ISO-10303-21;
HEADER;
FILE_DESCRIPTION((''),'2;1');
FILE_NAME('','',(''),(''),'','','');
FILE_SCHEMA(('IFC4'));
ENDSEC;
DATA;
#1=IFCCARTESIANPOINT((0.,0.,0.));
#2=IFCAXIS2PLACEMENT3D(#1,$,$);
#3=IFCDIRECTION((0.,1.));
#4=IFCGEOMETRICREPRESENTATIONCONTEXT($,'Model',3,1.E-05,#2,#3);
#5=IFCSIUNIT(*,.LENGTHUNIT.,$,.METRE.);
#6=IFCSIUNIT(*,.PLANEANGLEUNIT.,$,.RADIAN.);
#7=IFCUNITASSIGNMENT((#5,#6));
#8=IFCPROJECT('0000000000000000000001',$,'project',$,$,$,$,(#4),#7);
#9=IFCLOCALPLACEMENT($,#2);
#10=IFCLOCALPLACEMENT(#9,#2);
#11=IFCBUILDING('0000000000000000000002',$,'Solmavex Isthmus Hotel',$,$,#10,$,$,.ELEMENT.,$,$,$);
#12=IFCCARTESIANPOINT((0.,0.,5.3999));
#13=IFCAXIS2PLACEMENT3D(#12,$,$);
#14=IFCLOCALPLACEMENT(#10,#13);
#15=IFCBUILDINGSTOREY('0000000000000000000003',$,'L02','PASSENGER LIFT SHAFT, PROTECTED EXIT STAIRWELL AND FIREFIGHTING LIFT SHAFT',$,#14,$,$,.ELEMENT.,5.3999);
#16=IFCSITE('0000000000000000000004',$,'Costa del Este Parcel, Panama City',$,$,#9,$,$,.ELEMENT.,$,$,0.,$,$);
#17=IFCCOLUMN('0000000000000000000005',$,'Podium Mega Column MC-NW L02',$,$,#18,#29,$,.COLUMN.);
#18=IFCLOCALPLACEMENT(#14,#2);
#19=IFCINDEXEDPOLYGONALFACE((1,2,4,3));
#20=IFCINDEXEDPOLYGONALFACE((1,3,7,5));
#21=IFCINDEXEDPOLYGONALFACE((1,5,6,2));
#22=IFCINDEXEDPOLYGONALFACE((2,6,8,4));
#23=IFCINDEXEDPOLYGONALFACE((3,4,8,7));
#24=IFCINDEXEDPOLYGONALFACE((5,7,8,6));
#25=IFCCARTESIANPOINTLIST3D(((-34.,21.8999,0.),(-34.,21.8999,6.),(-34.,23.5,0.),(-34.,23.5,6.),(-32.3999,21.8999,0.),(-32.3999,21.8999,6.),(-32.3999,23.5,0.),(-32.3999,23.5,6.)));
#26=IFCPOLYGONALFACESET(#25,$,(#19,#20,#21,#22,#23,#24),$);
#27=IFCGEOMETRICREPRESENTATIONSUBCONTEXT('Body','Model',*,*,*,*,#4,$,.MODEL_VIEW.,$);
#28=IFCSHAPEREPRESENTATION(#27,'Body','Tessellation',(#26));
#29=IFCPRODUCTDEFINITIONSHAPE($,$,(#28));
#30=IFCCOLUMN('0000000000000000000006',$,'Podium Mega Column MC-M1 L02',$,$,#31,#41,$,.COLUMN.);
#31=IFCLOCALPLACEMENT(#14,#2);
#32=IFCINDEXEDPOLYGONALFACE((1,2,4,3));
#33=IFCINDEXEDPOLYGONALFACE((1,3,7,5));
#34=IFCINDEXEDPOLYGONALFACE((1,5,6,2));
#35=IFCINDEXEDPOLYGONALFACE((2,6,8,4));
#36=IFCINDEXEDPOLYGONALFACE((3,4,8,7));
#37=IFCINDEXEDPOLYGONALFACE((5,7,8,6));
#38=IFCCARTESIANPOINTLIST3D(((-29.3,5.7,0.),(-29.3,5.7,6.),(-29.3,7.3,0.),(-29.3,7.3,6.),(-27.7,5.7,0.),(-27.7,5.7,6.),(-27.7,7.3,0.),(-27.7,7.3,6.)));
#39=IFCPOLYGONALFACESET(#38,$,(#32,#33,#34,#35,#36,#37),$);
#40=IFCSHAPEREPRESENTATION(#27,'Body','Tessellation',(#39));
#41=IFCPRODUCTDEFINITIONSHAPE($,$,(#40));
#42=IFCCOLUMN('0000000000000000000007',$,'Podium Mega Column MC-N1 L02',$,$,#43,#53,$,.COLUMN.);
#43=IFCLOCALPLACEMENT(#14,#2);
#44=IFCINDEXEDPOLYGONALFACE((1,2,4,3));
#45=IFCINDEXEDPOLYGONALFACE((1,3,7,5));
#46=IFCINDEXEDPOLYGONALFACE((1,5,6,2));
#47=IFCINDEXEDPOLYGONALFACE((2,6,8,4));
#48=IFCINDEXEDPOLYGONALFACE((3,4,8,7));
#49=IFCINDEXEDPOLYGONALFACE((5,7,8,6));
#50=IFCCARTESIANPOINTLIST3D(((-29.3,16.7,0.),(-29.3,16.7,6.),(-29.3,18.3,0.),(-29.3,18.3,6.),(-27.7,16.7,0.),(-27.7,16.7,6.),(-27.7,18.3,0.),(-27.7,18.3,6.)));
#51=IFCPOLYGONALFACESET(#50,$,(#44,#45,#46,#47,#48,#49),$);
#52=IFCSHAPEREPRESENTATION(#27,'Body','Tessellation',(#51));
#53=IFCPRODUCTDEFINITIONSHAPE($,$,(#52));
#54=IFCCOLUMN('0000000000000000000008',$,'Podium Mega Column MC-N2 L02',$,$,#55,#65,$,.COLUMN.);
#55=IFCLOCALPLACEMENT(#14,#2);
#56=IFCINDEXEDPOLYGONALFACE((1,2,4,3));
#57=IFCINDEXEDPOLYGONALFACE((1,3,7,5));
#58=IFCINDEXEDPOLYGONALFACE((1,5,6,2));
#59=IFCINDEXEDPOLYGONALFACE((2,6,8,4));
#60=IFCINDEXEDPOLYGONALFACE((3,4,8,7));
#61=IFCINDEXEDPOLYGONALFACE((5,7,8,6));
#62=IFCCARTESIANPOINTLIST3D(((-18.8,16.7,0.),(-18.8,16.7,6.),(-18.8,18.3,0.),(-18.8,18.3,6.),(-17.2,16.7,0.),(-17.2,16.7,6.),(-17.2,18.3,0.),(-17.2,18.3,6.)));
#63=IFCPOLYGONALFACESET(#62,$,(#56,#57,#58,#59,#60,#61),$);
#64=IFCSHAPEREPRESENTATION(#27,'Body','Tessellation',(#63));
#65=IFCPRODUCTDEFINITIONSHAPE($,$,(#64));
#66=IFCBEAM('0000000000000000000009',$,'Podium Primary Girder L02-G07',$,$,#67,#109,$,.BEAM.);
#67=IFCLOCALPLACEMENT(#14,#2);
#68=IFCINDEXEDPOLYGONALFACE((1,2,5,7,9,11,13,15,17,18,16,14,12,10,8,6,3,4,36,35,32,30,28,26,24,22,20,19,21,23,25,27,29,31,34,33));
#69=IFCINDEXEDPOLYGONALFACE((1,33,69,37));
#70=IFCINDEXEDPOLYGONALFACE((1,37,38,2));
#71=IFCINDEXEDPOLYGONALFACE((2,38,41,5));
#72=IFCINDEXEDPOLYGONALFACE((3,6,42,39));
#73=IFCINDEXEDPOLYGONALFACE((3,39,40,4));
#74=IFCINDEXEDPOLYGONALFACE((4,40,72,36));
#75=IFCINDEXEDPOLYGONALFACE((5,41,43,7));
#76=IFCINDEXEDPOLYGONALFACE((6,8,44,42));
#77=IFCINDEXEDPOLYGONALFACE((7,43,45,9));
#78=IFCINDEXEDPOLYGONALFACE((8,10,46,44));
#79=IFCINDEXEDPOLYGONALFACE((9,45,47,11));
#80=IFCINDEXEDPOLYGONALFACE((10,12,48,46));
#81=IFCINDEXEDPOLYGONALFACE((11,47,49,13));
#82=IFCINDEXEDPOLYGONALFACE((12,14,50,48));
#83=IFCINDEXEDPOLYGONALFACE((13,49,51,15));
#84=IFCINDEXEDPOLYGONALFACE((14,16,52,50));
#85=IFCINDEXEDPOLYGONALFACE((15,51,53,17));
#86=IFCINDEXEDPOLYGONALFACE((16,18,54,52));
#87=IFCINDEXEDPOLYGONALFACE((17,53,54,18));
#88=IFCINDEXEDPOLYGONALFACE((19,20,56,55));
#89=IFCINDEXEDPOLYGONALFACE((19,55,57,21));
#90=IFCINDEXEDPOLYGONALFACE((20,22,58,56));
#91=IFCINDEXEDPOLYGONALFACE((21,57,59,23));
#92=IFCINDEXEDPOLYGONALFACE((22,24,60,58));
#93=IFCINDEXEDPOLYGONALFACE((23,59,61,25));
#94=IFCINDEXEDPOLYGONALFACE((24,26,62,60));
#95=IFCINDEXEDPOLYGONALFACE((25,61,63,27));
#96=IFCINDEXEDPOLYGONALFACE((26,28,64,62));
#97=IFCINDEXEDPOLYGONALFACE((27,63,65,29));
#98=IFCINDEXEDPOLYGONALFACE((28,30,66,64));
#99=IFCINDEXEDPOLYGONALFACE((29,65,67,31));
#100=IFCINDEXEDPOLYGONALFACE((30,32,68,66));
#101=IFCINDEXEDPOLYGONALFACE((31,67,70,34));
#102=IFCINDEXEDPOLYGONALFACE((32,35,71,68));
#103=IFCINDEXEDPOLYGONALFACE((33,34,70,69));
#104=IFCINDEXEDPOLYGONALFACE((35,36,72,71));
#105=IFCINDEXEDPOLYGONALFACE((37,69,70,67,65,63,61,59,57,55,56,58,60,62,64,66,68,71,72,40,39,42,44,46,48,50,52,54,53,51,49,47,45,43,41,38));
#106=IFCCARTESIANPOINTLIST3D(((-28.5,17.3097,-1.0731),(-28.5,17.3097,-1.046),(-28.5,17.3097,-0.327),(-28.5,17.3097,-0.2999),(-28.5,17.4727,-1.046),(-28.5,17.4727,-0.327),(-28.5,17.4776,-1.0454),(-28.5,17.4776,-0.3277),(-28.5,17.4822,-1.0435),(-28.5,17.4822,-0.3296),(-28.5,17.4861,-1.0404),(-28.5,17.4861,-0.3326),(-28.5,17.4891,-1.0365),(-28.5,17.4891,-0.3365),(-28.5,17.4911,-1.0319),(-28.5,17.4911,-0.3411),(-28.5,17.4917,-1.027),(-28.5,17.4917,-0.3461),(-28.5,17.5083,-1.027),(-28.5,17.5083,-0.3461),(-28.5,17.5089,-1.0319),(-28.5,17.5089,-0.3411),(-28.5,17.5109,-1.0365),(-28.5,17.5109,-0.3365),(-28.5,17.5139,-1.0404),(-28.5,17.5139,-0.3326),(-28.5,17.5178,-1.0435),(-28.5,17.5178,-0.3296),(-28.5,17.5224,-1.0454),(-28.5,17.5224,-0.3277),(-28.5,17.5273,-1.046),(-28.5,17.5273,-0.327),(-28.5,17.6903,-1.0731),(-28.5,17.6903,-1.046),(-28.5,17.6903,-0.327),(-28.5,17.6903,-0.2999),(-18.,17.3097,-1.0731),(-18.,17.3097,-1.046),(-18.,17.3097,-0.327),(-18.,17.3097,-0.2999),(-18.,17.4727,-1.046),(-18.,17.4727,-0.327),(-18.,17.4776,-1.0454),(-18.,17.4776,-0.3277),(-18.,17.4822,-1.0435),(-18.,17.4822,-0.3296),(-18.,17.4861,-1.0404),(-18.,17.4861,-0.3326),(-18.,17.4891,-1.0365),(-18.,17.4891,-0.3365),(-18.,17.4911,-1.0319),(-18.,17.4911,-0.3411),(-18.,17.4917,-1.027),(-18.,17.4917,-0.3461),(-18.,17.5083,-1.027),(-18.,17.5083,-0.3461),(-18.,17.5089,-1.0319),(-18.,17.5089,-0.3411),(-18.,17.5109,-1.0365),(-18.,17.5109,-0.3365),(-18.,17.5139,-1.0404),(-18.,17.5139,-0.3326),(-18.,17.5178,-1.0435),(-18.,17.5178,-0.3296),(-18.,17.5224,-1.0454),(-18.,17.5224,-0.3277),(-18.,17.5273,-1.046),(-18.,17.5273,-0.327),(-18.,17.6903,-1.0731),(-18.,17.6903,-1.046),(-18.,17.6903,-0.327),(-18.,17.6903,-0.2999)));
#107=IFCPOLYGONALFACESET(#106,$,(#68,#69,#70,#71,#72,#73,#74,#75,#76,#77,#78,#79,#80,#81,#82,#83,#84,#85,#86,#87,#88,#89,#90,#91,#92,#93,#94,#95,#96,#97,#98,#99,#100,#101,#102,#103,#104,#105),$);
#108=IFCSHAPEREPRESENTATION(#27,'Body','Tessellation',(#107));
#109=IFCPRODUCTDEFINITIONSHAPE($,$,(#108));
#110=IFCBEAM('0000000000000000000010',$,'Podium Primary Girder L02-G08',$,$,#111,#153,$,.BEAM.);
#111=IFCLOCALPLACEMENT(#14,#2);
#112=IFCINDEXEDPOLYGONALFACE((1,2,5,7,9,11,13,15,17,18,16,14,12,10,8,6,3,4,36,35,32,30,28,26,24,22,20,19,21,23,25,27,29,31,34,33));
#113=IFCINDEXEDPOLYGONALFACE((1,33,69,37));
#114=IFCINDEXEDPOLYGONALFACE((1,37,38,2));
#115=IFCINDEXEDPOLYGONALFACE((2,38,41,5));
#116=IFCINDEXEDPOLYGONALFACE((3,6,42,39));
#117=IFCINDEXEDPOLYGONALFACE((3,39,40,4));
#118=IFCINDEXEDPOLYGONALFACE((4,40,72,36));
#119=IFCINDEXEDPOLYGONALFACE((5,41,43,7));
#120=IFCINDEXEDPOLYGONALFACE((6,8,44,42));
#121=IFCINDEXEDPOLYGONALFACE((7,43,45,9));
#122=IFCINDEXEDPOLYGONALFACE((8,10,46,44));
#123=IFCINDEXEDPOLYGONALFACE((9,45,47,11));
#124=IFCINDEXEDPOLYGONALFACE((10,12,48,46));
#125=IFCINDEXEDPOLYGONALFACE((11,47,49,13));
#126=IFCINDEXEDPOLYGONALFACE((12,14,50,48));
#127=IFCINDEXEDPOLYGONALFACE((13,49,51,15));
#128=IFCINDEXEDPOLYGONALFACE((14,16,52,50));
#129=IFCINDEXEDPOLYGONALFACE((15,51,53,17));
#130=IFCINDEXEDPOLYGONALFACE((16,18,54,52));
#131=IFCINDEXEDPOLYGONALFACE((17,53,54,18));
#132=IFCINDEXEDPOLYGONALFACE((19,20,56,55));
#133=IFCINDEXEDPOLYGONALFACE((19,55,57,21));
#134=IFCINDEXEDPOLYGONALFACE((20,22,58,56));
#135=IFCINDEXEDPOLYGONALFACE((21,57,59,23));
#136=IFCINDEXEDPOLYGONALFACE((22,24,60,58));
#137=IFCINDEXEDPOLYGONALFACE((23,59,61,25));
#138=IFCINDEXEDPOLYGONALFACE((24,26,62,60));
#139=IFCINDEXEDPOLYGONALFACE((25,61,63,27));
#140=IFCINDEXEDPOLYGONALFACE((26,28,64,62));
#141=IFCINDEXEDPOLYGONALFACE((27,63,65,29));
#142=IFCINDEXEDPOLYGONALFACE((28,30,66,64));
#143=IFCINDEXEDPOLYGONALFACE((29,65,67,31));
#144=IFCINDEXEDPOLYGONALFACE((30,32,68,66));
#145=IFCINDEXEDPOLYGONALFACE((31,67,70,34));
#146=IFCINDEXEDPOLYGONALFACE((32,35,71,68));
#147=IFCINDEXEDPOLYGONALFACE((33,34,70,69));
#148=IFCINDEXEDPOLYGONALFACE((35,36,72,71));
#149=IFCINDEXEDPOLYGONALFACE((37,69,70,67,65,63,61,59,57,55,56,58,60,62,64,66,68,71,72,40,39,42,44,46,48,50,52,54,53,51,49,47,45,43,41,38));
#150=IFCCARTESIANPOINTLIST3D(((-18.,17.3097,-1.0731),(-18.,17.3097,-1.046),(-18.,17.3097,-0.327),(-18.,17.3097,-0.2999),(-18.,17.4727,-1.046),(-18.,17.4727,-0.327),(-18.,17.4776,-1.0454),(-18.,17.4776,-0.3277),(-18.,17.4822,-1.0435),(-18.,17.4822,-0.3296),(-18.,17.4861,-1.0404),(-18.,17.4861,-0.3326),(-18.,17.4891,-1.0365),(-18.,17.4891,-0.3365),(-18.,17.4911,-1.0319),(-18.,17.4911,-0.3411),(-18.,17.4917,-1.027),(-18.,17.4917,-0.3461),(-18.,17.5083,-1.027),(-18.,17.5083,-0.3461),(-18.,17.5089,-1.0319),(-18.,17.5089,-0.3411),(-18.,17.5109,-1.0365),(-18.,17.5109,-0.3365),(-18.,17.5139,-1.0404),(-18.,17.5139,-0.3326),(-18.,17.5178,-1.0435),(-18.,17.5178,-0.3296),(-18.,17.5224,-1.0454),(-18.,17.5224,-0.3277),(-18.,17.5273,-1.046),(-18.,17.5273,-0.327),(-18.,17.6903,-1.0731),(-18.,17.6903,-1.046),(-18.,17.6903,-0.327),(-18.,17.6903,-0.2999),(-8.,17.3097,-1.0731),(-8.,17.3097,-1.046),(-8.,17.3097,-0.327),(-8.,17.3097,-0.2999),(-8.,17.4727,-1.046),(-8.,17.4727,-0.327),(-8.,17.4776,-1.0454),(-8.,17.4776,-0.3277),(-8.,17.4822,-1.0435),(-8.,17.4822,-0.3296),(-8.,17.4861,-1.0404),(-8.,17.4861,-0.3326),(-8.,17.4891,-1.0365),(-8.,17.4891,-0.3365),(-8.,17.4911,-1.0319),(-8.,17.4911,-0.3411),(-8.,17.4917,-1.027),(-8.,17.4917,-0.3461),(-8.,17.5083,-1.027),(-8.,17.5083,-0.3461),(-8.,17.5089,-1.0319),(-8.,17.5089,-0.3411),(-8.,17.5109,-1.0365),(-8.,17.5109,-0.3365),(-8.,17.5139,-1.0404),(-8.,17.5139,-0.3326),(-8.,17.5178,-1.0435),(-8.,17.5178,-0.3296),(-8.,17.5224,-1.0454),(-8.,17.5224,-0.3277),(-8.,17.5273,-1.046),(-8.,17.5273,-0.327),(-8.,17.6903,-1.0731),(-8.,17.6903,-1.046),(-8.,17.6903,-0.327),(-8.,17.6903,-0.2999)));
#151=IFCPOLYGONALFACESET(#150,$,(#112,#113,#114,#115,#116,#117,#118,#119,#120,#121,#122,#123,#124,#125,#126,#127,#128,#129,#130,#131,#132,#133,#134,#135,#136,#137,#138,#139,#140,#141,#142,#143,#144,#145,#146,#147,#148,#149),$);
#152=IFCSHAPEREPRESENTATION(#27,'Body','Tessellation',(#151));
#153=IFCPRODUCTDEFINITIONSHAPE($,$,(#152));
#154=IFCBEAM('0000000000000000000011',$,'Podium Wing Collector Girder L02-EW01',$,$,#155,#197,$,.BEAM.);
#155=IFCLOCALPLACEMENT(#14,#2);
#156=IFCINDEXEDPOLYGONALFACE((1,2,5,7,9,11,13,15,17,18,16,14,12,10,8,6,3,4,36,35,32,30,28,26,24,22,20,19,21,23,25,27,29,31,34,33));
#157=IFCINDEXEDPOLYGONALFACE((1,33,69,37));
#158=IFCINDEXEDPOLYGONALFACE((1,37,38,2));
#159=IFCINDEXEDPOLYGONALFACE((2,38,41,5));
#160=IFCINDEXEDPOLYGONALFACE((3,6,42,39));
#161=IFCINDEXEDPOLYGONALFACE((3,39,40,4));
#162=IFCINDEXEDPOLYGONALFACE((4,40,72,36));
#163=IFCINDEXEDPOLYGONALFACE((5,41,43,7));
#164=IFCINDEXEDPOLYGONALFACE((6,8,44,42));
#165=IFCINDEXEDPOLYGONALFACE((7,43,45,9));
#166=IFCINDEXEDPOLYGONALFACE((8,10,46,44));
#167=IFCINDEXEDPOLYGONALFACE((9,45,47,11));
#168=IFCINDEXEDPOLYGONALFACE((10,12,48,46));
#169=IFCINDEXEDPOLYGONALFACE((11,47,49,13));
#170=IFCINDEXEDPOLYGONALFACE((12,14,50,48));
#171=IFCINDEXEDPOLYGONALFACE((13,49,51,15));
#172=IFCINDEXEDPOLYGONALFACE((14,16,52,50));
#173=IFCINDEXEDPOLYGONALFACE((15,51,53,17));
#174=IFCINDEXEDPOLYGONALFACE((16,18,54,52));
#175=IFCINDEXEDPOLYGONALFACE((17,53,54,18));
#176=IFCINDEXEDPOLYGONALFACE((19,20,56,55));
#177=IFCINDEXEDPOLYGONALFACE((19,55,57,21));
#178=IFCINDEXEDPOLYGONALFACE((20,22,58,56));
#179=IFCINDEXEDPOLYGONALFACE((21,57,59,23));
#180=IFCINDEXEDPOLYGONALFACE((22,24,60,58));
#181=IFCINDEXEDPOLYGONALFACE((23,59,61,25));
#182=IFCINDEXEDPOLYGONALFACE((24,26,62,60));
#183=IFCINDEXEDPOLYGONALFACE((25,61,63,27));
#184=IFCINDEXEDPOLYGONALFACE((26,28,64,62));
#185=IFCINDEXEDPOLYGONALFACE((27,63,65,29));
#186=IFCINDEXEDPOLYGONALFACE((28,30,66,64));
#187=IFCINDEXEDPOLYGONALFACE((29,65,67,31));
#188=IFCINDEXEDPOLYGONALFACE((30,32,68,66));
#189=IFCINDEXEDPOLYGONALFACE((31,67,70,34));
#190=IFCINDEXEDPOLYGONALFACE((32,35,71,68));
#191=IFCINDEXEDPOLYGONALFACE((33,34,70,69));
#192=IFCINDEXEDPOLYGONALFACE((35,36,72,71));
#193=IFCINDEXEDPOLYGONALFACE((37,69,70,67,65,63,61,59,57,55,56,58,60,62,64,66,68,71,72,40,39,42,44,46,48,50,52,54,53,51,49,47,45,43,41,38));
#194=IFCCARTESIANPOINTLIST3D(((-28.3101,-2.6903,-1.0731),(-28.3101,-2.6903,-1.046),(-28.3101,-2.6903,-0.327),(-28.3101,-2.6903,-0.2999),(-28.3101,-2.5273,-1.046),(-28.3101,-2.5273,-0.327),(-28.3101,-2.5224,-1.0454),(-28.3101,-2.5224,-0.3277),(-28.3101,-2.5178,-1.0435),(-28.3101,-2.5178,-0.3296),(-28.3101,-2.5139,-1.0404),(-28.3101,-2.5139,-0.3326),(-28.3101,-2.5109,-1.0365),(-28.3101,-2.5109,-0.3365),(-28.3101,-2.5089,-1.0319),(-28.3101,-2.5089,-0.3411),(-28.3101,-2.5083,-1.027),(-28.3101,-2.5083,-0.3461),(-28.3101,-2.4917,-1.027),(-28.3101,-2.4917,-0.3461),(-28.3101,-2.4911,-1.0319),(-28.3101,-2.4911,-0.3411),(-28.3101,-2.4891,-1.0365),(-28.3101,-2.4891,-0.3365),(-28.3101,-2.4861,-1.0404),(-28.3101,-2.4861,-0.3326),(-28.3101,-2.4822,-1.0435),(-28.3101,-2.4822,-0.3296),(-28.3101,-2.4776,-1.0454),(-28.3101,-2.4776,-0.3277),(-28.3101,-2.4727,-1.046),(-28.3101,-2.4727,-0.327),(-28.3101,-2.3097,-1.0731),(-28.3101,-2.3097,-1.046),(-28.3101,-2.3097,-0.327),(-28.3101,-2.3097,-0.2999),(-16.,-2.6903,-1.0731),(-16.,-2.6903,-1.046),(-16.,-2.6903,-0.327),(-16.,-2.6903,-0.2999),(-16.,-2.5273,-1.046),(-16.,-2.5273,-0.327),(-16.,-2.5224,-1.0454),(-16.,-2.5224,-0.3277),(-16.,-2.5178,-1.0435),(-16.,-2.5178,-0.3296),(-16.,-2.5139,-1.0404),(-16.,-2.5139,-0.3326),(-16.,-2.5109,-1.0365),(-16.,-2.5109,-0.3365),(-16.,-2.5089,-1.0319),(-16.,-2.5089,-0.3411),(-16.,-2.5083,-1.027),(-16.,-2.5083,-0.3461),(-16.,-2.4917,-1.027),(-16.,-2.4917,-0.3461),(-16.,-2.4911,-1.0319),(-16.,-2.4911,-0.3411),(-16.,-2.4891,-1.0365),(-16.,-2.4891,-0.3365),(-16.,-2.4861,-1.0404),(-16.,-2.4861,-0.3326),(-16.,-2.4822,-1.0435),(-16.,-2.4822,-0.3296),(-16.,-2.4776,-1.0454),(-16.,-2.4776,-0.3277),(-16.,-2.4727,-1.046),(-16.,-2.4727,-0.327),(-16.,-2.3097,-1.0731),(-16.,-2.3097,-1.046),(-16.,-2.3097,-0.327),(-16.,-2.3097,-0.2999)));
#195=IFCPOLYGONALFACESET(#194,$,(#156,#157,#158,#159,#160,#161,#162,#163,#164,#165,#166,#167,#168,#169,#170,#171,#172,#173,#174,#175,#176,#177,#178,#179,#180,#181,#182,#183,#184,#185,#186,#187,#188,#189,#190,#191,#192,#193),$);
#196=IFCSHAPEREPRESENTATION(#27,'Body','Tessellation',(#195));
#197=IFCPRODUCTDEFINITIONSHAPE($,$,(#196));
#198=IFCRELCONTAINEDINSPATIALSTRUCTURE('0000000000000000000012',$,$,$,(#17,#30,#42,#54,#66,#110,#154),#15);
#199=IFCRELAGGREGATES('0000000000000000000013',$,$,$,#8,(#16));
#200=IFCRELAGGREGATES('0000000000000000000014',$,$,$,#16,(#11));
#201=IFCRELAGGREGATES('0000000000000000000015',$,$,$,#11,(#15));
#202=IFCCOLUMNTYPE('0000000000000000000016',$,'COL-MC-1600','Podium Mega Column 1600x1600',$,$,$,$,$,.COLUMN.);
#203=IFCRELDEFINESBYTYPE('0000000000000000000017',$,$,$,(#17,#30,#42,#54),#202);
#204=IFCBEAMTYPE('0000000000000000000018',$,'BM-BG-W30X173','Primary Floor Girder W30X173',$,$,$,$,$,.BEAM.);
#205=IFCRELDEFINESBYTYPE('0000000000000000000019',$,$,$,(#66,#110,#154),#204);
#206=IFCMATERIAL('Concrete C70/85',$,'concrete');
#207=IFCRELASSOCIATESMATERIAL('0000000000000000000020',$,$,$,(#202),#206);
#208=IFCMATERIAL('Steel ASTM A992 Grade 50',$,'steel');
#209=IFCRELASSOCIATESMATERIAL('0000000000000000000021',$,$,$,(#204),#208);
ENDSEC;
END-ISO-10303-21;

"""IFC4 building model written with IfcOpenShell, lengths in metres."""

from ifc_helpers import new_model, si_unit, direction, frame, origin, origin_2d, place, context, subcontext, project, spatial, rectangle, i_section, extrude, material, material_profile, profile_set, type_object, element, save


model = new_model("IFC4")

# Units and contexts
model_context = context("Model", 3, precision=1e-05, world=origin(), true_north=direction((0.0, 1.0)))
body_context = subcontext(model_context, "Body", "Model", "MODEL_VIEW")
ifc_project = project(units=[si_unit("LENGTHUNIT", "METRE"), si_unit("PLANEANGLEUNIT", "RADIAN")], contexts=[model_context])

# Site, building, storey
site_placement = place(None, origin())
site = spatial("IfcSite", under=ifc_project, at=site_placement, Name="Costa del Este Parcel, Panama City", CompositionType="ELEMENT", RefElevation=0.0)
building_placement = place(site_placement, origin())
building = spatial("IfcBuilding", under=site, at=building_placement, Name="Solmavex Isthmus Hotel", CompositionType="ELEMENT")
storey_placement = place(building_placement, frame((0.0, 0.0, 5.3999)))
storey = spatial("IfcBuildingStorey", under=building, at=storey_placement, Name="L02", Description="PASSENGER LIFT SHAFT, PROTECTED EXIT STAIRWELL AND FIREFIGHTING LIFT SHAFT", CompositionType="ELEMENT", Elevation=5.3999)

# Columns
ifc_material_1 = material(Name="Concrete C70/85", Category="concrete")
ifc_material_profile_1 = material_profile(ifc_material_1, rectangle(XDim=1.6001, YDim=1.6001, at=origin_2d()), Name="RC1600X1600")
ifc_profile_set_1 = profile_set([ifc_material_profile_1], Name="Concrete C70/85")
column_type = type_object("IfcColumnType", Name="COL-MC-1600", Description="Podium Mega Column 1600x1600", PredefinedType="COLUMN", material=ifc_profile_set_1)
for number, where, z_axis, x_axis, name in (
    (1, (-33.2, 22.7, 0.0), (0.0, 0.0, 1.0), (1.0, 0.0, 0.0), "Podium Mega Column MC-NW L02"),
    (2, (-28.5, 6.5, 0.0), (0.0, 0.0, 1.0), (1.0, 0.0, 0.0), "Podium Mega Column MC-M1 L02"),
    (3, (-28.5, 17.5, 0.0), (0.0, 0.0, 1.0), (1.0, 0.0, 0.0), "Podium Mega Column MC-N1 L02"),
    (4, (-18.0, 17.5, 0.0), (0.0, 0.0, 1.0), (1.0, 0.0, 0.0), "Podium Mega Column MC-N2 L02"),
):
    element("IfcColumn", number, at=place(storey_placement, frame(where, z_axis=z_axis, x_axis=x_axis)), inside=storey, type_object=column_type, Name=name, PredefinedType="COLUMN", context=body_context, shape_type="SweptSolid", body=[
        extrude(rectangle(XDim=1.6001, YDim=1.6001, at=origin_2d()), origin(), (0.0, 0.0, 1.0), 6.0),
    ])

# Beams
ifc_material_2 = material(Name="Steel ASTM A992 Grade 50", Category="steel")
ifc_material_profile_2 = material_profile(ifc_material_2, i_section(OverallWidth=0.3806, OverallDepth=0.7732, WebThickness=0.0166, FlangeThickness=0.0271, FilletRadius=0.019, at=origin_2d()), Name="W30X173")
ifc_profile_set_2 = profile_set([ifc_material_profile_2], Name="Steel ASTM A992 Grade 50")
beam_type_1 = type_object("IfcBeamType", Name="BM-BG-W30X173", Description="Primary Floor Girder W30X173", PredefinedType="BEAM", material=ifc_profile_set_2)
beam_1_placement = place(storey_placement, frame((-28.5, 17.5, -0.6865), z_axis=(1.0, 0.0, 0.0), x_axis=(0.0, 1.0, 0.0)))
element("IfcBeam", 5, at=beam_1_placement, inside=storey, type_object=beam_type_1, Name="Podium Primary Girder L02-G07", PredefinedType="BEAM", context=body_context, shape_type="SweptSolid", body=[
    extrude(i_section(OverallWidth=0.3806, OverallDepth=0.7732, WebThickness=0.0166, FlangeThickness=0.0271, FilletRadius=0.019, at=origin_2d()), origin(), (0.0, 0.0, 1.0), 10.5),
])
beam_2_placement = place(storey_placement, frame((-18.0, 17.5, -0.6865), z_axis=(1.0, 0.0, 0.0), x_axis=(0.0, 1.0, 0.0)))
element("IfcBeam", 6, at=beam_2_placement, inside=storey, type_object=beam_type_1, Name="Podium Primary Girder L02-G08", PredefinedType="BEAM", context=body_context, shape_type="SweptSolid", body=[
    extrude(i_section(OverallWidth=0.3806, OverallDepth=0.7732, WebThickness=0.0166, FlangeThickness=0.0271, FilletRadius=0.019, at=origin_2d()), origin(), (0.0, 0.0, 1.0), 10.0),
])
beam_3_placement = place(storey_placement, frame((-28.3101, -2.5, -0.6865), z_axis=(1.0, 0.0, 0.0), x_axis=(0.0, 1.0, 0.0)))
element("IfcBeam", 7, at=beam_3_placement, inside=storey, type_object=beam_type_1, Name="Podium Wing Collector Girder L02-EW01", PredefinedType="BEAM", context=body_context, shape_type="SweptSolid", body=[
    extrude(i_section(OverallWidth=0.3806, OverallDepth=0.7732, WebThickness=0.0166, FlangeThickness=0.0271, FilletRadius=0.019, at=origin_2d()), origin(), (0.0, 0.0, 1.0), 12.3101),
])

save(model, "model.ifc")
